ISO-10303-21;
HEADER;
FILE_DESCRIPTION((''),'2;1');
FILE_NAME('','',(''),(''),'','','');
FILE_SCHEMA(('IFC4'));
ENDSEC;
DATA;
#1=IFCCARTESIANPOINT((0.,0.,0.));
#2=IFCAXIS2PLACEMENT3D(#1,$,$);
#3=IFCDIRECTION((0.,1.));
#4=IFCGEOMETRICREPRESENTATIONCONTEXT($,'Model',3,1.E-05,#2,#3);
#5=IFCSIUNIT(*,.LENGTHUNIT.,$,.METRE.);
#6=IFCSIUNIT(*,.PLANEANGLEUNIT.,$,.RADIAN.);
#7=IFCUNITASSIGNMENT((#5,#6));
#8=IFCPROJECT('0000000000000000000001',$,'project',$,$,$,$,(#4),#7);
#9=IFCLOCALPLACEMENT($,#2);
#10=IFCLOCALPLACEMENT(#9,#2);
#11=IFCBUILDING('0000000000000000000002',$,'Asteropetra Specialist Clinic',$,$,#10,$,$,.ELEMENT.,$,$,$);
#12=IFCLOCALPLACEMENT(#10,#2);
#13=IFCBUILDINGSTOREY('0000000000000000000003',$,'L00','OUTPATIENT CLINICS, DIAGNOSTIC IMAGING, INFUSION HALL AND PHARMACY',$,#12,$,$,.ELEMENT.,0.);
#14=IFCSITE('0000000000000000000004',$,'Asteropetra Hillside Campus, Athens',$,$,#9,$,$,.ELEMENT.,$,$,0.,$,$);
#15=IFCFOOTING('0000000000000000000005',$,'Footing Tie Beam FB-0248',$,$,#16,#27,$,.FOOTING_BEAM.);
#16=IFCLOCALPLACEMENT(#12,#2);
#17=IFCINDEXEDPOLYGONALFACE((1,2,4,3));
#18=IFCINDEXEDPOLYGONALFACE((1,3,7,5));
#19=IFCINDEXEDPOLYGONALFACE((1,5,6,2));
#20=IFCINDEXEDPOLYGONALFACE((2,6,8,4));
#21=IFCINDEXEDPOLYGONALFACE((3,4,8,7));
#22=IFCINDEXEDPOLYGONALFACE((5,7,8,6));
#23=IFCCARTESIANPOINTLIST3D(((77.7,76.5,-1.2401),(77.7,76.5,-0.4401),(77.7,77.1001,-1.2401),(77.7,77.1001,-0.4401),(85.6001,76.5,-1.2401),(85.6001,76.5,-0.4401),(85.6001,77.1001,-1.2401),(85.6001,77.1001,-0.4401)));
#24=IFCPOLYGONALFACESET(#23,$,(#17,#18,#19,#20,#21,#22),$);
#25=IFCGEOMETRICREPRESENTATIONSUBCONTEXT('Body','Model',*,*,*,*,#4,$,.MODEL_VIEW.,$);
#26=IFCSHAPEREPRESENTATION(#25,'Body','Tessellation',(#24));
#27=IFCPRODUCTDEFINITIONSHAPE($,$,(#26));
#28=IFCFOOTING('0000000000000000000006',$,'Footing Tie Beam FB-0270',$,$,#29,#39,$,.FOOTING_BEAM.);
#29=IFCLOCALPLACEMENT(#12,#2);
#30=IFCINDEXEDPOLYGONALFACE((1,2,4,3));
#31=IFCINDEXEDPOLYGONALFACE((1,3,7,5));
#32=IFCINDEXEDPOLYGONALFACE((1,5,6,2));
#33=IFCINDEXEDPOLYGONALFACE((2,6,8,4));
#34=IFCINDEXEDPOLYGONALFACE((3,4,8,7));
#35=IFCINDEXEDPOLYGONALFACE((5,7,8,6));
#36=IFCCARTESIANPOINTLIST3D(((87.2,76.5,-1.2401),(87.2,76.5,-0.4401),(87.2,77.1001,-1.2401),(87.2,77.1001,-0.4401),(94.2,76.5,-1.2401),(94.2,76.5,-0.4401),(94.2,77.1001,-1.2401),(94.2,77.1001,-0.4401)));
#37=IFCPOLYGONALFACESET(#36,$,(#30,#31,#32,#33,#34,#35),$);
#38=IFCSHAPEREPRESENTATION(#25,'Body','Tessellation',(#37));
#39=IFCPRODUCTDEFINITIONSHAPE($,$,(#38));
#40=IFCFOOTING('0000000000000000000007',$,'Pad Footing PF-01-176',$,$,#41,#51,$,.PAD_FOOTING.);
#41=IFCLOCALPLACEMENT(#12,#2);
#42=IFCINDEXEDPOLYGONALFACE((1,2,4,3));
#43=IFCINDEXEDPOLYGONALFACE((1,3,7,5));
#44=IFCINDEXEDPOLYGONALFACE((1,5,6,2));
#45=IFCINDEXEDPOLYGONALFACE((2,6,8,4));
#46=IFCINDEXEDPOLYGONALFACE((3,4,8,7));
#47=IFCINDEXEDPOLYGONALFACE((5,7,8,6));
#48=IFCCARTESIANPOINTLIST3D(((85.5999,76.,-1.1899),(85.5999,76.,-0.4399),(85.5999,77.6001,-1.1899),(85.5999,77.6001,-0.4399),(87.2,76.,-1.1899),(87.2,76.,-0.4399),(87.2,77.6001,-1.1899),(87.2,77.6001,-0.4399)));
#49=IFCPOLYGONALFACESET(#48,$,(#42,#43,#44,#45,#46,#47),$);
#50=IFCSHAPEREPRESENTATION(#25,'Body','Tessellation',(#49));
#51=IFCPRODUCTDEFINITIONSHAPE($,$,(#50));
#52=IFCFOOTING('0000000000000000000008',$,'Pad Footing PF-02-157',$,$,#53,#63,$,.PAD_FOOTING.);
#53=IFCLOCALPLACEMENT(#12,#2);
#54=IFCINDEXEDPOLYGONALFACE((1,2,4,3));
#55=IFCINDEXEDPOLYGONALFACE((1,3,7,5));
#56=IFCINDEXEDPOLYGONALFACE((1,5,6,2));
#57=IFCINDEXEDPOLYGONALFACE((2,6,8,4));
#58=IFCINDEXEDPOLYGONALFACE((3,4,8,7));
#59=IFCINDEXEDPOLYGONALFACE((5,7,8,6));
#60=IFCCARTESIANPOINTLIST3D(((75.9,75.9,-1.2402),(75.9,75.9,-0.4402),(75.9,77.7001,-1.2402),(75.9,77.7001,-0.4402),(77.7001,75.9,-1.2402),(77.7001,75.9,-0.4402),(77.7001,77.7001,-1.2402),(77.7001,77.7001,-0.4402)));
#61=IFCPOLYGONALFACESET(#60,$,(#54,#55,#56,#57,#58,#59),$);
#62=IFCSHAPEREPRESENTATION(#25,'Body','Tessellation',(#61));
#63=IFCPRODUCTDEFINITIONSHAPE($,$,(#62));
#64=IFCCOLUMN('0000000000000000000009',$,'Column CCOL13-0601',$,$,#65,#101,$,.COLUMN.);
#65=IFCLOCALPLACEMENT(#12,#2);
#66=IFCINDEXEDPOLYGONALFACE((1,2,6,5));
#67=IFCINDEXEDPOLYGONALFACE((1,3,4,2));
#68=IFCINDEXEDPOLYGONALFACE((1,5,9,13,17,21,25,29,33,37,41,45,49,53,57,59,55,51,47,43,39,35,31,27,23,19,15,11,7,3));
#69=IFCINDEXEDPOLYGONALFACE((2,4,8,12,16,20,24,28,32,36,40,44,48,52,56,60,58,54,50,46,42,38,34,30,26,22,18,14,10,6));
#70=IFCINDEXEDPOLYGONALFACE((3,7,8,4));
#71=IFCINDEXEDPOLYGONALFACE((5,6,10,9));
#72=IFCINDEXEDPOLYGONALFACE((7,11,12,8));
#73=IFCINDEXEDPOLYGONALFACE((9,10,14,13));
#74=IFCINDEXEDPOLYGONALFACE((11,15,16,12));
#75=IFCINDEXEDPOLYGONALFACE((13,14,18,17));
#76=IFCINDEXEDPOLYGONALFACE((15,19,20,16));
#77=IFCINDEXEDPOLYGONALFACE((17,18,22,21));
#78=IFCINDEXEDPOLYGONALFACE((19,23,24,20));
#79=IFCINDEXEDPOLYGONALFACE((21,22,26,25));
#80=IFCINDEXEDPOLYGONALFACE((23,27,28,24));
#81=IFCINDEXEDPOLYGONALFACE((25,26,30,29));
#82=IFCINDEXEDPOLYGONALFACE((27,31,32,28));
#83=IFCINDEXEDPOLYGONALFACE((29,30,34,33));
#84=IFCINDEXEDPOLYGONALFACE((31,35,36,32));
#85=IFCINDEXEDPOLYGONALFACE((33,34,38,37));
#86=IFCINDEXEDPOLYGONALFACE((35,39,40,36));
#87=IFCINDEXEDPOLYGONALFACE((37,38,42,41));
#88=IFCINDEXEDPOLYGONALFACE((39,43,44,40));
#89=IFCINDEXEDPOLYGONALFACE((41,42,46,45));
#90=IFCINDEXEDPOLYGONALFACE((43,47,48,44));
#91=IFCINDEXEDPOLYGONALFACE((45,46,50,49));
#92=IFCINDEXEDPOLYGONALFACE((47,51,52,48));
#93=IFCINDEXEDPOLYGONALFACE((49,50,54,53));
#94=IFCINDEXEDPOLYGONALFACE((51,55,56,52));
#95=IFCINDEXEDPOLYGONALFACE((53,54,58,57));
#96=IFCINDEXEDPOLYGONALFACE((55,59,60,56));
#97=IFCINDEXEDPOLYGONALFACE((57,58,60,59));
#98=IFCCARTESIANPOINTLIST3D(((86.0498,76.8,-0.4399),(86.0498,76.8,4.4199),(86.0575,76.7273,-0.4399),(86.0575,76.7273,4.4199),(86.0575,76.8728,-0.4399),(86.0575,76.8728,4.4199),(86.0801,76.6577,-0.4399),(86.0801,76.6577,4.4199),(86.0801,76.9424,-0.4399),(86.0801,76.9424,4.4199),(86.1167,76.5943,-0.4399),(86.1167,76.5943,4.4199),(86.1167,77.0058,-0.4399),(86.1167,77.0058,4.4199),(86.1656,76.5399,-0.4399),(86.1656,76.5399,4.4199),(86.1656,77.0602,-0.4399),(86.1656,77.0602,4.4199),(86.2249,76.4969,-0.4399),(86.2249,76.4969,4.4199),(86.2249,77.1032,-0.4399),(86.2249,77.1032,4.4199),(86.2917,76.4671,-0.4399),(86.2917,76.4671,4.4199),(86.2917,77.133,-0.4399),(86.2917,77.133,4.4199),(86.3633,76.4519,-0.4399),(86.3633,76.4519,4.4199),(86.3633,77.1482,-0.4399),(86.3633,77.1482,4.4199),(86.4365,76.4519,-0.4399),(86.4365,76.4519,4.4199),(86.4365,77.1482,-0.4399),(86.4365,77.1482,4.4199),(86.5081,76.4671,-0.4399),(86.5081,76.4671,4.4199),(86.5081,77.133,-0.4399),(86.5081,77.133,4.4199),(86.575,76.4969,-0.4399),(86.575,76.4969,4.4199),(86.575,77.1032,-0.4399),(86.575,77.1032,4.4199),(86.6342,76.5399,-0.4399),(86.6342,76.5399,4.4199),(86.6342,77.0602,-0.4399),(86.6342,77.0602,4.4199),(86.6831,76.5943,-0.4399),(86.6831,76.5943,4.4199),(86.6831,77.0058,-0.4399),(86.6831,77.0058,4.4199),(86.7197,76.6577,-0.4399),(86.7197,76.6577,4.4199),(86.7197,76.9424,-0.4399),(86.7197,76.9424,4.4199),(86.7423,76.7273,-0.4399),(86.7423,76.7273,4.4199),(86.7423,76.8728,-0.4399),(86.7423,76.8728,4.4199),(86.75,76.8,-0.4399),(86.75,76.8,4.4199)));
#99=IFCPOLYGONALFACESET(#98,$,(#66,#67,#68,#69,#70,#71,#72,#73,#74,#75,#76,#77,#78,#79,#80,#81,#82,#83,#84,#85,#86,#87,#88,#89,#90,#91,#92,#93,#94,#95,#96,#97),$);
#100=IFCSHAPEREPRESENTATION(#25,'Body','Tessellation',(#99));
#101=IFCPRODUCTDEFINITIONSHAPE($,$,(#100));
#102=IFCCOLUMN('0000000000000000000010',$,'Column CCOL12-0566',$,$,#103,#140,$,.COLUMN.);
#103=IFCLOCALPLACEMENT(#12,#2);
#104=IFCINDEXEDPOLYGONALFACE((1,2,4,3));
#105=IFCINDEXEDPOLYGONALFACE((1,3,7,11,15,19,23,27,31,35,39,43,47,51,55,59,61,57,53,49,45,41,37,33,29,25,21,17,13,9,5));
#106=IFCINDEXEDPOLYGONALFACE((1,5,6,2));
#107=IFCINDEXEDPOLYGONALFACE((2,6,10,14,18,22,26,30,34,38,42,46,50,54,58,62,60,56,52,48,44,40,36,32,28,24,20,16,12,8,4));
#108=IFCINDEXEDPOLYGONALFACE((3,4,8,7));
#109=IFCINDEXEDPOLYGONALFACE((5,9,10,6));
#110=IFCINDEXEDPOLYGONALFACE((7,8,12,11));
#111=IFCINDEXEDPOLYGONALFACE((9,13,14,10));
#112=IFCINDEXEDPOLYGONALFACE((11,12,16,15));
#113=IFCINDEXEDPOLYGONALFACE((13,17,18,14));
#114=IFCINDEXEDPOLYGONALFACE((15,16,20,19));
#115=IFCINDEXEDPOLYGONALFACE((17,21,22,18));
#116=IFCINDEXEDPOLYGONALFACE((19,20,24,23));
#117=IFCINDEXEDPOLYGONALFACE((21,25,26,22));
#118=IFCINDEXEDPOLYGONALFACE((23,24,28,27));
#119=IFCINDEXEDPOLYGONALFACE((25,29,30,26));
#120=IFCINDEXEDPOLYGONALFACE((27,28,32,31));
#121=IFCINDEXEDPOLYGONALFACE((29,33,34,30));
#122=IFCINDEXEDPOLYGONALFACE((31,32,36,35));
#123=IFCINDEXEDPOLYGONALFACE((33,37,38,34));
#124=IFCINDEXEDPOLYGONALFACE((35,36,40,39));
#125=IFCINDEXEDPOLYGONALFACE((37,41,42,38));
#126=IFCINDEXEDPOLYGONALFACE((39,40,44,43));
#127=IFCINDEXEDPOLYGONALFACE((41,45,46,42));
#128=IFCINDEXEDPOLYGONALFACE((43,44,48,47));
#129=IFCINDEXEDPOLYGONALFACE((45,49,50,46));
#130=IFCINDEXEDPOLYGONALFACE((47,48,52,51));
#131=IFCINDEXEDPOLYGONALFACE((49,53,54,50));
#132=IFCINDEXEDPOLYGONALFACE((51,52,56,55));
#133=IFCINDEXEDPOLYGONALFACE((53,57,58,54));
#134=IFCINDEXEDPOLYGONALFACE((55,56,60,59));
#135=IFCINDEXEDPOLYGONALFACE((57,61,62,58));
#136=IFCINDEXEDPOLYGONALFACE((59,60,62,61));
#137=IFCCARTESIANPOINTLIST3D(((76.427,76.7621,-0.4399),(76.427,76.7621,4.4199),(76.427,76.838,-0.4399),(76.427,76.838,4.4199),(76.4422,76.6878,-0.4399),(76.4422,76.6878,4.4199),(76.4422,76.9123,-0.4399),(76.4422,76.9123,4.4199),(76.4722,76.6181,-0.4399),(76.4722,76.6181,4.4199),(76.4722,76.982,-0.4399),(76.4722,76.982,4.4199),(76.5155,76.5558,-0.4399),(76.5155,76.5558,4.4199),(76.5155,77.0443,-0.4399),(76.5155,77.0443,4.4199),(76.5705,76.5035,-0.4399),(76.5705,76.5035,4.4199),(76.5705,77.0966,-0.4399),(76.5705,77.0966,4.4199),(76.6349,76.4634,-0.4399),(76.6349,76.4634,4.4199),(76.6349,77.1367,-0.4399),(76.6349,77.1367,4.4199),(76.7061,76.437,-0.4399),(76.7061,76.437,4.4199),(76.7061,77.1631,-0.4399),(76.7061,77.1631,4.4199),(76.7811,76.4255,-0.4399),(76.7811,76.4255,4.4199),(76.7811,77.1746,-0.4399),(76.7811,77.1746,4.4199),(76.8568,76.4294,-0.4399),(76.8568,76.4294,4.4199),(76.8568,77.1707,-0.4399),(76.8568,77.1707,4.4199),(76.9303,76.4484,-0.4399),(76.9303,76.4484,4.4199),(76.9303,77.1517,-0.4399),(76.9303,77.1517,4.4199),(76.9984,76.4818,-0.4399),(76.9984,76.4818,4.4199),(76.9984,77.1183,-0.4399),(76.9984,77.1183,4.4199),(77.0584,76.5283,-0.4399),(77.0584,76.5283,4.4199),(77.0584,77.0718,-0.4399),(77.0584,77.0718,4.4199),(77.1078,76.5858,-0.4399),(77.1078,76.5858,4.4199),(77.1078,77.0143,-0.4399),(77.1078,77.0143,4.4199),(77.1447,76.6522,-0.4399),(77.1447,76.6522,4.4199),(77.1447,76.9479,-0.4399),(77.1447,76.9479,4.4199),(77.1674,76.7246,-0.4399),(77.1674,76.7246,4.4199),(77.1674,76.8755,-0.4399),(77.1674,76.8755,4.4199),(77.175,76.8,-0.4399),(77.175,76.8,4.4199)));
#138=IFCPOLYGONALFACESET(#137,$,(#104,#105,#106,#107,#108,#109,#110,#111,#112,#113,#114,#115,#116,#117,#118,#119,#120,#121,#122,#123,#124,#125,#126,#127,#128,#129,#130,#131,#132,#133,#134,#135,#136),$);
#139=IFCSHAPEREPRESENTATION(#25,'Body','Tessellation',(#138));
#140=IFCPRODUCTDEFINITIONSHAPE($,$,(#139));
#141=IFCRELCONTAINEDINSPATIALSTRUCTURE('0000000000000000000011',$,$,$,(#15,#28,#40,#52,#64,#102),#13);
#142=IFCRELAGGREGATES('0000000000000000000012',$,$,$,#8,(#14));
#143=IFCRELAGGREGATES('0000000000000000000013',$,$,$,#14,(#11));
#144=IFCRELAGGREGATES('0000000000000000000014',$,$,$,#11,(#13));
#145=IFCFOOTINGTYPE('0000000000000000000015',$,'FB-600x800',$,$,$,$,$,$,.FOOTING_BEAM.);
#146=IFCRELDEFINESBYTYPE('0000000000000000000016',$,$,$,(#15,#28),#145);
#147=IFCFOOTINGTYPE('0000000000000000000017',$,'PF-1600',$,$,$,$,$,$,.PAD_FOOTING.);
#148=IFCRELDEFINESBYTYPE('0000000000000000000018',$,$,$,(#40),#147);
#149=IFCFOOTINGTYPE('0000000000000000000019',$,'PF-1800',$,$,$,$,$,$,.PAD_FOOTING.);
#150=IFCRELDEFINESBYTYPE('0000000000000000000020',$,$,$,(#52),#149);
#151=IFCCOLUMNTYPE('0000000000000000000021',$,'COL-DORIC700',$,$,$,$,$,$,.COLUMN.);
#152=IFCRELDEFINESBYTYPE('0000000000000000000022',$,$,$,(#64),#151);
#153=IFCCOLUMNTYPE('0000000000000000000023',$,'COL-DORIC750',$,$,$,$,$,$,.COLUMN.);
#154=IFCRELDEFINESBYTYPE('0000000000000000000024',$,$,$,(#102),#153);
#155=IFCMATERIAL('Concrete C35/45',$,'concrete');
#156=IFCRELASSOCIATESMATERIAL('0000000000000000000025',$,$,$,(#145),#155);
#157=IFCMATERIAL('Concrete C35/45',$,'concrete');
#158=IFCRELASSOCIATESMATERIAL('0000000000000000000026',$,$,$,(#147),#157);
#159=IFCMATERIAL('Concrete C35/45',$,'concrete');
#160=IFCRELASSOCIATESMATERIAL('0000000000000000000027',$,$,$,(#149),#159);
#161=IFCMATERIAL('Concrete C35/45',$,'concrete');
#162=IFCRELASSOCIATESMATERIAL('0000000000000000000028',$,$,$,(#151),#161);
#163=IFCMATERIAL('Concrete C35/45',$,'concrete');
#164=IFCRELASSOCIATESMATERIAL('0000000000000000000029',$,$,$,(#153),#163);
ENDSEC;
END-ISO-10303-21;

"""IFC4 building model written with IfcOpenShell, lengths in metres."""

from ifc_helpers import new_model, si_unit, direction, frame, origin, origin_2d, place, context, subcontext, project, spatial, rectangle, circle, extrude, material, material_profile, profile_set, type_object, element, save


model = new_model("IFC4")

# Units and contexts
model_context = context("Model", 3, precision=1e-05, world=origin(), true_north=direction((0.0, 1.0)))
body_context = subcontext(model_context, "Body", "Model", "MODEL_VIEW")
ifc_project = project(units=[si_unit("LENGTHUNIT", "METRE"), si_unit("PLANEANGLEUNIT", "RADIAN")], contexts=[model_context])

# Site, building, storey
site_placement = place(None, origin())
site = spatial("IfcSite", under=ifc_project, at=site_placement, Name="Asteropetra Hillside Campus, Athens", CompositionType="ELEMENT", RefElevation=0.0)
building_placement = place(site_placement, origin())
building = spatial("IfcBuilding", under=site, at=building_placement, Name="Asteropetra Specialist Clinic", CompositionType="ELEMENT")
storey_placement = place(building_placement, origin())
storey = spatial("IfcBuildingStorey", under=building, at=storey_placement, Name="L00", Description="OUTPATIENT CLINICS, DIAGNOSTIC IMAGING, INFUSION HALL AND PHARMACY", CompositionType="ELEMENT", Elevation=0.0)

# Footings
ifc_material_1 = material(Name="Concrete C35/45", Category="concrete")
ifc_material_profile_1 = material_profile(ifc_material_1, rectangle(XDim=0.6001, YDim=0.8, at=origin_2d()), Name="FB 600x800")
ifc_profile_set_1 = profile_set([ifc_material_profile_1], Name="Concrete C35/45")
footing_type_1 = type_object("IfcFootingType", Name="FB-600x800", PredefinedType="FOOTING_BEAM", material=ifc_profile_set_1)
footing_1_placement = place(storey_placement, frame((77.7, 76.8, -0.8401), z_axis=(1.0, 0.0, 0.0), x_axis=(0.0, 1.0, 0.0)))
element("IfcFooting", 1, at=footing_1_placement, inside=storey, type_object=footing_type_1, Name="Footing Tie Beam FB-0248", PredefinedType="FOOTING_BEAM", context=body_context, shape_type="SweptSolid", body=[
    extrude(rectangle(XDim=0.6001, YDim=0.8, at=origin_2d()), origin(), (0.0, 0.0, 1.0), 7.9001),
])
footing_2_placement = place(storey_placement, frame((87.2, 76.8, -0.8401), z_axis=(1.0, 0.0, 0.0), x_axis=(0.0, 1.0, 0.0)))
element("IfcFooting", 2, at=footing_2_placement, inside=storey, type_object=footing_type_1, Name="Footing Tie Beam FB-0270", PredefinedType="FOOTING_BEAM", context=body_context, shape_type="SweptSolid", body=[
    extrude(rectangle(XDim=0.6001, YDim=0.8, at=origin_2d()), origin(), (0.0, 0.0, 1.0), 7.0),
])
ifc_material_2 = material(Name="Concrete C35/45", Category="concrete")
footing_type_2 = type_object("IfcFootingType", Name="PF-1600", PredefinedType="PAD_FOOTING", material=ifc_material_2)
footing_3_placement = place(storey_placement, frame((86.3999, 76.8, -1.1899), z_axis=(0.0, 0.0, 1.0), x_axis=(1.0, 0.0, 0.0)))
element("IfcFooting", 3, at=footing_3_placement, inside=storey, type_object=footing_type_2, Name="Pad Footing PF-01-176", PredefinedType="PAD_FOOTING", context=body_context, shape_type="SweptSolid", body=[
    extrude(rectangle(XDim=1.6001, YDim=1.6001, at=origin_2d()), origin(), (0.0, 0.0, 1.0), 0.75),
])
ifc_material_3 = material(Name="Concrete C35/45", Category="concrete")
footing_type_3 = type_object("IfcFootingType", Name="PF-1800", PredefinedType="PAD_FOOTING", material=ifc_material_3)
footing_4_placement = place(storey_placement, frame((76.8, 76.8, -1.2402), z_axis=(0.0, 0.0, 1.0), x_axis=(1.0, 0.0, 0.0)))
element("IfcFooting", 4, at=footing_4_placement, inside=storey, type_object=footing_type_3, Name="Pad Footing PF-02-157", PredefinedType="PAD_FOOTING", context=body_context, shape_type="SweptSolid", body=[
    extrude(rectangle(XDim=1.8, YDim=1.8, at=origin_2d()), origin(), (0.0, 0.0, 1.0), 0.8),
])

# Columns
ifc_material_4 = material(Name="Concrete C35/45", Category="concrete")
ifc_material_profile_2 = material_profile(ifc_material_4, circle(Radius=0.3501, at=origin_2d()), Name="RCC D700")
ifc_profile_set_2 = profile_set([ifc_material_profile_2], Name="Concrete C35/45")
column_type_1 = type_object("IfcColumnType", Name="COL-DORIC700", PredefinedType="COLUMN", material=ifc_profile_set_2)
column_1_placement = place(storey_placement, frame((86.3999, 76.8, -0.4399), z_axis=(0.0, 0.0, 1.0), x_axis=(1.0, 0.0, 0.0)))
element("IfcColumn", 5, at=column_1_placement, inside=storey, type_object=column_type_1, Name="Column CCOL13-0601", PredefinedType="COLUMN", context=body_context, shape_type="SweptSolid", body=[
    extrude(circle(Radius=0.3501, at=origin_2d()), origin(), (0.0, 0.0, 1.0), 4.8599),
])
ifc_material_5 = material(Name="Concrete C35/45", Category="concrete")
ifc_material_profile_3 = material_profile(ifc_material_5, circle(Radius=0.375, at=origin_2d()), Name="RCC D750")
ifc_profile_set_3 = profile_set([ifc_material_profile_3], Name="Concrete C35/45")
column_type_2 = type_object("IfcColumnType", Name="COL-DORIC750", PredefinedType="COLUMN", material=ifc_profile_set_3)
column_2_placement = place(storey_placement, frame((76.8, 76.8, -0.4399), z_axis=(0.0, 0.0, 1.0), x_axis=(1.0, 0.0, 0.0)))
element("IfcColumn", 6, at=column_2_placement, inside=storey, type_object=column_type_2, Name="Column CCOL12-0566", PredefinedType="COLUMN", context=body_context, shape_type="SweptSolid", body=[
    extrude(circle(Radius=0.375, at=origin_2d()), origin(), (0.0, 0.0, 1.0), 4.8599),
])

save(model, "model.ifc")
